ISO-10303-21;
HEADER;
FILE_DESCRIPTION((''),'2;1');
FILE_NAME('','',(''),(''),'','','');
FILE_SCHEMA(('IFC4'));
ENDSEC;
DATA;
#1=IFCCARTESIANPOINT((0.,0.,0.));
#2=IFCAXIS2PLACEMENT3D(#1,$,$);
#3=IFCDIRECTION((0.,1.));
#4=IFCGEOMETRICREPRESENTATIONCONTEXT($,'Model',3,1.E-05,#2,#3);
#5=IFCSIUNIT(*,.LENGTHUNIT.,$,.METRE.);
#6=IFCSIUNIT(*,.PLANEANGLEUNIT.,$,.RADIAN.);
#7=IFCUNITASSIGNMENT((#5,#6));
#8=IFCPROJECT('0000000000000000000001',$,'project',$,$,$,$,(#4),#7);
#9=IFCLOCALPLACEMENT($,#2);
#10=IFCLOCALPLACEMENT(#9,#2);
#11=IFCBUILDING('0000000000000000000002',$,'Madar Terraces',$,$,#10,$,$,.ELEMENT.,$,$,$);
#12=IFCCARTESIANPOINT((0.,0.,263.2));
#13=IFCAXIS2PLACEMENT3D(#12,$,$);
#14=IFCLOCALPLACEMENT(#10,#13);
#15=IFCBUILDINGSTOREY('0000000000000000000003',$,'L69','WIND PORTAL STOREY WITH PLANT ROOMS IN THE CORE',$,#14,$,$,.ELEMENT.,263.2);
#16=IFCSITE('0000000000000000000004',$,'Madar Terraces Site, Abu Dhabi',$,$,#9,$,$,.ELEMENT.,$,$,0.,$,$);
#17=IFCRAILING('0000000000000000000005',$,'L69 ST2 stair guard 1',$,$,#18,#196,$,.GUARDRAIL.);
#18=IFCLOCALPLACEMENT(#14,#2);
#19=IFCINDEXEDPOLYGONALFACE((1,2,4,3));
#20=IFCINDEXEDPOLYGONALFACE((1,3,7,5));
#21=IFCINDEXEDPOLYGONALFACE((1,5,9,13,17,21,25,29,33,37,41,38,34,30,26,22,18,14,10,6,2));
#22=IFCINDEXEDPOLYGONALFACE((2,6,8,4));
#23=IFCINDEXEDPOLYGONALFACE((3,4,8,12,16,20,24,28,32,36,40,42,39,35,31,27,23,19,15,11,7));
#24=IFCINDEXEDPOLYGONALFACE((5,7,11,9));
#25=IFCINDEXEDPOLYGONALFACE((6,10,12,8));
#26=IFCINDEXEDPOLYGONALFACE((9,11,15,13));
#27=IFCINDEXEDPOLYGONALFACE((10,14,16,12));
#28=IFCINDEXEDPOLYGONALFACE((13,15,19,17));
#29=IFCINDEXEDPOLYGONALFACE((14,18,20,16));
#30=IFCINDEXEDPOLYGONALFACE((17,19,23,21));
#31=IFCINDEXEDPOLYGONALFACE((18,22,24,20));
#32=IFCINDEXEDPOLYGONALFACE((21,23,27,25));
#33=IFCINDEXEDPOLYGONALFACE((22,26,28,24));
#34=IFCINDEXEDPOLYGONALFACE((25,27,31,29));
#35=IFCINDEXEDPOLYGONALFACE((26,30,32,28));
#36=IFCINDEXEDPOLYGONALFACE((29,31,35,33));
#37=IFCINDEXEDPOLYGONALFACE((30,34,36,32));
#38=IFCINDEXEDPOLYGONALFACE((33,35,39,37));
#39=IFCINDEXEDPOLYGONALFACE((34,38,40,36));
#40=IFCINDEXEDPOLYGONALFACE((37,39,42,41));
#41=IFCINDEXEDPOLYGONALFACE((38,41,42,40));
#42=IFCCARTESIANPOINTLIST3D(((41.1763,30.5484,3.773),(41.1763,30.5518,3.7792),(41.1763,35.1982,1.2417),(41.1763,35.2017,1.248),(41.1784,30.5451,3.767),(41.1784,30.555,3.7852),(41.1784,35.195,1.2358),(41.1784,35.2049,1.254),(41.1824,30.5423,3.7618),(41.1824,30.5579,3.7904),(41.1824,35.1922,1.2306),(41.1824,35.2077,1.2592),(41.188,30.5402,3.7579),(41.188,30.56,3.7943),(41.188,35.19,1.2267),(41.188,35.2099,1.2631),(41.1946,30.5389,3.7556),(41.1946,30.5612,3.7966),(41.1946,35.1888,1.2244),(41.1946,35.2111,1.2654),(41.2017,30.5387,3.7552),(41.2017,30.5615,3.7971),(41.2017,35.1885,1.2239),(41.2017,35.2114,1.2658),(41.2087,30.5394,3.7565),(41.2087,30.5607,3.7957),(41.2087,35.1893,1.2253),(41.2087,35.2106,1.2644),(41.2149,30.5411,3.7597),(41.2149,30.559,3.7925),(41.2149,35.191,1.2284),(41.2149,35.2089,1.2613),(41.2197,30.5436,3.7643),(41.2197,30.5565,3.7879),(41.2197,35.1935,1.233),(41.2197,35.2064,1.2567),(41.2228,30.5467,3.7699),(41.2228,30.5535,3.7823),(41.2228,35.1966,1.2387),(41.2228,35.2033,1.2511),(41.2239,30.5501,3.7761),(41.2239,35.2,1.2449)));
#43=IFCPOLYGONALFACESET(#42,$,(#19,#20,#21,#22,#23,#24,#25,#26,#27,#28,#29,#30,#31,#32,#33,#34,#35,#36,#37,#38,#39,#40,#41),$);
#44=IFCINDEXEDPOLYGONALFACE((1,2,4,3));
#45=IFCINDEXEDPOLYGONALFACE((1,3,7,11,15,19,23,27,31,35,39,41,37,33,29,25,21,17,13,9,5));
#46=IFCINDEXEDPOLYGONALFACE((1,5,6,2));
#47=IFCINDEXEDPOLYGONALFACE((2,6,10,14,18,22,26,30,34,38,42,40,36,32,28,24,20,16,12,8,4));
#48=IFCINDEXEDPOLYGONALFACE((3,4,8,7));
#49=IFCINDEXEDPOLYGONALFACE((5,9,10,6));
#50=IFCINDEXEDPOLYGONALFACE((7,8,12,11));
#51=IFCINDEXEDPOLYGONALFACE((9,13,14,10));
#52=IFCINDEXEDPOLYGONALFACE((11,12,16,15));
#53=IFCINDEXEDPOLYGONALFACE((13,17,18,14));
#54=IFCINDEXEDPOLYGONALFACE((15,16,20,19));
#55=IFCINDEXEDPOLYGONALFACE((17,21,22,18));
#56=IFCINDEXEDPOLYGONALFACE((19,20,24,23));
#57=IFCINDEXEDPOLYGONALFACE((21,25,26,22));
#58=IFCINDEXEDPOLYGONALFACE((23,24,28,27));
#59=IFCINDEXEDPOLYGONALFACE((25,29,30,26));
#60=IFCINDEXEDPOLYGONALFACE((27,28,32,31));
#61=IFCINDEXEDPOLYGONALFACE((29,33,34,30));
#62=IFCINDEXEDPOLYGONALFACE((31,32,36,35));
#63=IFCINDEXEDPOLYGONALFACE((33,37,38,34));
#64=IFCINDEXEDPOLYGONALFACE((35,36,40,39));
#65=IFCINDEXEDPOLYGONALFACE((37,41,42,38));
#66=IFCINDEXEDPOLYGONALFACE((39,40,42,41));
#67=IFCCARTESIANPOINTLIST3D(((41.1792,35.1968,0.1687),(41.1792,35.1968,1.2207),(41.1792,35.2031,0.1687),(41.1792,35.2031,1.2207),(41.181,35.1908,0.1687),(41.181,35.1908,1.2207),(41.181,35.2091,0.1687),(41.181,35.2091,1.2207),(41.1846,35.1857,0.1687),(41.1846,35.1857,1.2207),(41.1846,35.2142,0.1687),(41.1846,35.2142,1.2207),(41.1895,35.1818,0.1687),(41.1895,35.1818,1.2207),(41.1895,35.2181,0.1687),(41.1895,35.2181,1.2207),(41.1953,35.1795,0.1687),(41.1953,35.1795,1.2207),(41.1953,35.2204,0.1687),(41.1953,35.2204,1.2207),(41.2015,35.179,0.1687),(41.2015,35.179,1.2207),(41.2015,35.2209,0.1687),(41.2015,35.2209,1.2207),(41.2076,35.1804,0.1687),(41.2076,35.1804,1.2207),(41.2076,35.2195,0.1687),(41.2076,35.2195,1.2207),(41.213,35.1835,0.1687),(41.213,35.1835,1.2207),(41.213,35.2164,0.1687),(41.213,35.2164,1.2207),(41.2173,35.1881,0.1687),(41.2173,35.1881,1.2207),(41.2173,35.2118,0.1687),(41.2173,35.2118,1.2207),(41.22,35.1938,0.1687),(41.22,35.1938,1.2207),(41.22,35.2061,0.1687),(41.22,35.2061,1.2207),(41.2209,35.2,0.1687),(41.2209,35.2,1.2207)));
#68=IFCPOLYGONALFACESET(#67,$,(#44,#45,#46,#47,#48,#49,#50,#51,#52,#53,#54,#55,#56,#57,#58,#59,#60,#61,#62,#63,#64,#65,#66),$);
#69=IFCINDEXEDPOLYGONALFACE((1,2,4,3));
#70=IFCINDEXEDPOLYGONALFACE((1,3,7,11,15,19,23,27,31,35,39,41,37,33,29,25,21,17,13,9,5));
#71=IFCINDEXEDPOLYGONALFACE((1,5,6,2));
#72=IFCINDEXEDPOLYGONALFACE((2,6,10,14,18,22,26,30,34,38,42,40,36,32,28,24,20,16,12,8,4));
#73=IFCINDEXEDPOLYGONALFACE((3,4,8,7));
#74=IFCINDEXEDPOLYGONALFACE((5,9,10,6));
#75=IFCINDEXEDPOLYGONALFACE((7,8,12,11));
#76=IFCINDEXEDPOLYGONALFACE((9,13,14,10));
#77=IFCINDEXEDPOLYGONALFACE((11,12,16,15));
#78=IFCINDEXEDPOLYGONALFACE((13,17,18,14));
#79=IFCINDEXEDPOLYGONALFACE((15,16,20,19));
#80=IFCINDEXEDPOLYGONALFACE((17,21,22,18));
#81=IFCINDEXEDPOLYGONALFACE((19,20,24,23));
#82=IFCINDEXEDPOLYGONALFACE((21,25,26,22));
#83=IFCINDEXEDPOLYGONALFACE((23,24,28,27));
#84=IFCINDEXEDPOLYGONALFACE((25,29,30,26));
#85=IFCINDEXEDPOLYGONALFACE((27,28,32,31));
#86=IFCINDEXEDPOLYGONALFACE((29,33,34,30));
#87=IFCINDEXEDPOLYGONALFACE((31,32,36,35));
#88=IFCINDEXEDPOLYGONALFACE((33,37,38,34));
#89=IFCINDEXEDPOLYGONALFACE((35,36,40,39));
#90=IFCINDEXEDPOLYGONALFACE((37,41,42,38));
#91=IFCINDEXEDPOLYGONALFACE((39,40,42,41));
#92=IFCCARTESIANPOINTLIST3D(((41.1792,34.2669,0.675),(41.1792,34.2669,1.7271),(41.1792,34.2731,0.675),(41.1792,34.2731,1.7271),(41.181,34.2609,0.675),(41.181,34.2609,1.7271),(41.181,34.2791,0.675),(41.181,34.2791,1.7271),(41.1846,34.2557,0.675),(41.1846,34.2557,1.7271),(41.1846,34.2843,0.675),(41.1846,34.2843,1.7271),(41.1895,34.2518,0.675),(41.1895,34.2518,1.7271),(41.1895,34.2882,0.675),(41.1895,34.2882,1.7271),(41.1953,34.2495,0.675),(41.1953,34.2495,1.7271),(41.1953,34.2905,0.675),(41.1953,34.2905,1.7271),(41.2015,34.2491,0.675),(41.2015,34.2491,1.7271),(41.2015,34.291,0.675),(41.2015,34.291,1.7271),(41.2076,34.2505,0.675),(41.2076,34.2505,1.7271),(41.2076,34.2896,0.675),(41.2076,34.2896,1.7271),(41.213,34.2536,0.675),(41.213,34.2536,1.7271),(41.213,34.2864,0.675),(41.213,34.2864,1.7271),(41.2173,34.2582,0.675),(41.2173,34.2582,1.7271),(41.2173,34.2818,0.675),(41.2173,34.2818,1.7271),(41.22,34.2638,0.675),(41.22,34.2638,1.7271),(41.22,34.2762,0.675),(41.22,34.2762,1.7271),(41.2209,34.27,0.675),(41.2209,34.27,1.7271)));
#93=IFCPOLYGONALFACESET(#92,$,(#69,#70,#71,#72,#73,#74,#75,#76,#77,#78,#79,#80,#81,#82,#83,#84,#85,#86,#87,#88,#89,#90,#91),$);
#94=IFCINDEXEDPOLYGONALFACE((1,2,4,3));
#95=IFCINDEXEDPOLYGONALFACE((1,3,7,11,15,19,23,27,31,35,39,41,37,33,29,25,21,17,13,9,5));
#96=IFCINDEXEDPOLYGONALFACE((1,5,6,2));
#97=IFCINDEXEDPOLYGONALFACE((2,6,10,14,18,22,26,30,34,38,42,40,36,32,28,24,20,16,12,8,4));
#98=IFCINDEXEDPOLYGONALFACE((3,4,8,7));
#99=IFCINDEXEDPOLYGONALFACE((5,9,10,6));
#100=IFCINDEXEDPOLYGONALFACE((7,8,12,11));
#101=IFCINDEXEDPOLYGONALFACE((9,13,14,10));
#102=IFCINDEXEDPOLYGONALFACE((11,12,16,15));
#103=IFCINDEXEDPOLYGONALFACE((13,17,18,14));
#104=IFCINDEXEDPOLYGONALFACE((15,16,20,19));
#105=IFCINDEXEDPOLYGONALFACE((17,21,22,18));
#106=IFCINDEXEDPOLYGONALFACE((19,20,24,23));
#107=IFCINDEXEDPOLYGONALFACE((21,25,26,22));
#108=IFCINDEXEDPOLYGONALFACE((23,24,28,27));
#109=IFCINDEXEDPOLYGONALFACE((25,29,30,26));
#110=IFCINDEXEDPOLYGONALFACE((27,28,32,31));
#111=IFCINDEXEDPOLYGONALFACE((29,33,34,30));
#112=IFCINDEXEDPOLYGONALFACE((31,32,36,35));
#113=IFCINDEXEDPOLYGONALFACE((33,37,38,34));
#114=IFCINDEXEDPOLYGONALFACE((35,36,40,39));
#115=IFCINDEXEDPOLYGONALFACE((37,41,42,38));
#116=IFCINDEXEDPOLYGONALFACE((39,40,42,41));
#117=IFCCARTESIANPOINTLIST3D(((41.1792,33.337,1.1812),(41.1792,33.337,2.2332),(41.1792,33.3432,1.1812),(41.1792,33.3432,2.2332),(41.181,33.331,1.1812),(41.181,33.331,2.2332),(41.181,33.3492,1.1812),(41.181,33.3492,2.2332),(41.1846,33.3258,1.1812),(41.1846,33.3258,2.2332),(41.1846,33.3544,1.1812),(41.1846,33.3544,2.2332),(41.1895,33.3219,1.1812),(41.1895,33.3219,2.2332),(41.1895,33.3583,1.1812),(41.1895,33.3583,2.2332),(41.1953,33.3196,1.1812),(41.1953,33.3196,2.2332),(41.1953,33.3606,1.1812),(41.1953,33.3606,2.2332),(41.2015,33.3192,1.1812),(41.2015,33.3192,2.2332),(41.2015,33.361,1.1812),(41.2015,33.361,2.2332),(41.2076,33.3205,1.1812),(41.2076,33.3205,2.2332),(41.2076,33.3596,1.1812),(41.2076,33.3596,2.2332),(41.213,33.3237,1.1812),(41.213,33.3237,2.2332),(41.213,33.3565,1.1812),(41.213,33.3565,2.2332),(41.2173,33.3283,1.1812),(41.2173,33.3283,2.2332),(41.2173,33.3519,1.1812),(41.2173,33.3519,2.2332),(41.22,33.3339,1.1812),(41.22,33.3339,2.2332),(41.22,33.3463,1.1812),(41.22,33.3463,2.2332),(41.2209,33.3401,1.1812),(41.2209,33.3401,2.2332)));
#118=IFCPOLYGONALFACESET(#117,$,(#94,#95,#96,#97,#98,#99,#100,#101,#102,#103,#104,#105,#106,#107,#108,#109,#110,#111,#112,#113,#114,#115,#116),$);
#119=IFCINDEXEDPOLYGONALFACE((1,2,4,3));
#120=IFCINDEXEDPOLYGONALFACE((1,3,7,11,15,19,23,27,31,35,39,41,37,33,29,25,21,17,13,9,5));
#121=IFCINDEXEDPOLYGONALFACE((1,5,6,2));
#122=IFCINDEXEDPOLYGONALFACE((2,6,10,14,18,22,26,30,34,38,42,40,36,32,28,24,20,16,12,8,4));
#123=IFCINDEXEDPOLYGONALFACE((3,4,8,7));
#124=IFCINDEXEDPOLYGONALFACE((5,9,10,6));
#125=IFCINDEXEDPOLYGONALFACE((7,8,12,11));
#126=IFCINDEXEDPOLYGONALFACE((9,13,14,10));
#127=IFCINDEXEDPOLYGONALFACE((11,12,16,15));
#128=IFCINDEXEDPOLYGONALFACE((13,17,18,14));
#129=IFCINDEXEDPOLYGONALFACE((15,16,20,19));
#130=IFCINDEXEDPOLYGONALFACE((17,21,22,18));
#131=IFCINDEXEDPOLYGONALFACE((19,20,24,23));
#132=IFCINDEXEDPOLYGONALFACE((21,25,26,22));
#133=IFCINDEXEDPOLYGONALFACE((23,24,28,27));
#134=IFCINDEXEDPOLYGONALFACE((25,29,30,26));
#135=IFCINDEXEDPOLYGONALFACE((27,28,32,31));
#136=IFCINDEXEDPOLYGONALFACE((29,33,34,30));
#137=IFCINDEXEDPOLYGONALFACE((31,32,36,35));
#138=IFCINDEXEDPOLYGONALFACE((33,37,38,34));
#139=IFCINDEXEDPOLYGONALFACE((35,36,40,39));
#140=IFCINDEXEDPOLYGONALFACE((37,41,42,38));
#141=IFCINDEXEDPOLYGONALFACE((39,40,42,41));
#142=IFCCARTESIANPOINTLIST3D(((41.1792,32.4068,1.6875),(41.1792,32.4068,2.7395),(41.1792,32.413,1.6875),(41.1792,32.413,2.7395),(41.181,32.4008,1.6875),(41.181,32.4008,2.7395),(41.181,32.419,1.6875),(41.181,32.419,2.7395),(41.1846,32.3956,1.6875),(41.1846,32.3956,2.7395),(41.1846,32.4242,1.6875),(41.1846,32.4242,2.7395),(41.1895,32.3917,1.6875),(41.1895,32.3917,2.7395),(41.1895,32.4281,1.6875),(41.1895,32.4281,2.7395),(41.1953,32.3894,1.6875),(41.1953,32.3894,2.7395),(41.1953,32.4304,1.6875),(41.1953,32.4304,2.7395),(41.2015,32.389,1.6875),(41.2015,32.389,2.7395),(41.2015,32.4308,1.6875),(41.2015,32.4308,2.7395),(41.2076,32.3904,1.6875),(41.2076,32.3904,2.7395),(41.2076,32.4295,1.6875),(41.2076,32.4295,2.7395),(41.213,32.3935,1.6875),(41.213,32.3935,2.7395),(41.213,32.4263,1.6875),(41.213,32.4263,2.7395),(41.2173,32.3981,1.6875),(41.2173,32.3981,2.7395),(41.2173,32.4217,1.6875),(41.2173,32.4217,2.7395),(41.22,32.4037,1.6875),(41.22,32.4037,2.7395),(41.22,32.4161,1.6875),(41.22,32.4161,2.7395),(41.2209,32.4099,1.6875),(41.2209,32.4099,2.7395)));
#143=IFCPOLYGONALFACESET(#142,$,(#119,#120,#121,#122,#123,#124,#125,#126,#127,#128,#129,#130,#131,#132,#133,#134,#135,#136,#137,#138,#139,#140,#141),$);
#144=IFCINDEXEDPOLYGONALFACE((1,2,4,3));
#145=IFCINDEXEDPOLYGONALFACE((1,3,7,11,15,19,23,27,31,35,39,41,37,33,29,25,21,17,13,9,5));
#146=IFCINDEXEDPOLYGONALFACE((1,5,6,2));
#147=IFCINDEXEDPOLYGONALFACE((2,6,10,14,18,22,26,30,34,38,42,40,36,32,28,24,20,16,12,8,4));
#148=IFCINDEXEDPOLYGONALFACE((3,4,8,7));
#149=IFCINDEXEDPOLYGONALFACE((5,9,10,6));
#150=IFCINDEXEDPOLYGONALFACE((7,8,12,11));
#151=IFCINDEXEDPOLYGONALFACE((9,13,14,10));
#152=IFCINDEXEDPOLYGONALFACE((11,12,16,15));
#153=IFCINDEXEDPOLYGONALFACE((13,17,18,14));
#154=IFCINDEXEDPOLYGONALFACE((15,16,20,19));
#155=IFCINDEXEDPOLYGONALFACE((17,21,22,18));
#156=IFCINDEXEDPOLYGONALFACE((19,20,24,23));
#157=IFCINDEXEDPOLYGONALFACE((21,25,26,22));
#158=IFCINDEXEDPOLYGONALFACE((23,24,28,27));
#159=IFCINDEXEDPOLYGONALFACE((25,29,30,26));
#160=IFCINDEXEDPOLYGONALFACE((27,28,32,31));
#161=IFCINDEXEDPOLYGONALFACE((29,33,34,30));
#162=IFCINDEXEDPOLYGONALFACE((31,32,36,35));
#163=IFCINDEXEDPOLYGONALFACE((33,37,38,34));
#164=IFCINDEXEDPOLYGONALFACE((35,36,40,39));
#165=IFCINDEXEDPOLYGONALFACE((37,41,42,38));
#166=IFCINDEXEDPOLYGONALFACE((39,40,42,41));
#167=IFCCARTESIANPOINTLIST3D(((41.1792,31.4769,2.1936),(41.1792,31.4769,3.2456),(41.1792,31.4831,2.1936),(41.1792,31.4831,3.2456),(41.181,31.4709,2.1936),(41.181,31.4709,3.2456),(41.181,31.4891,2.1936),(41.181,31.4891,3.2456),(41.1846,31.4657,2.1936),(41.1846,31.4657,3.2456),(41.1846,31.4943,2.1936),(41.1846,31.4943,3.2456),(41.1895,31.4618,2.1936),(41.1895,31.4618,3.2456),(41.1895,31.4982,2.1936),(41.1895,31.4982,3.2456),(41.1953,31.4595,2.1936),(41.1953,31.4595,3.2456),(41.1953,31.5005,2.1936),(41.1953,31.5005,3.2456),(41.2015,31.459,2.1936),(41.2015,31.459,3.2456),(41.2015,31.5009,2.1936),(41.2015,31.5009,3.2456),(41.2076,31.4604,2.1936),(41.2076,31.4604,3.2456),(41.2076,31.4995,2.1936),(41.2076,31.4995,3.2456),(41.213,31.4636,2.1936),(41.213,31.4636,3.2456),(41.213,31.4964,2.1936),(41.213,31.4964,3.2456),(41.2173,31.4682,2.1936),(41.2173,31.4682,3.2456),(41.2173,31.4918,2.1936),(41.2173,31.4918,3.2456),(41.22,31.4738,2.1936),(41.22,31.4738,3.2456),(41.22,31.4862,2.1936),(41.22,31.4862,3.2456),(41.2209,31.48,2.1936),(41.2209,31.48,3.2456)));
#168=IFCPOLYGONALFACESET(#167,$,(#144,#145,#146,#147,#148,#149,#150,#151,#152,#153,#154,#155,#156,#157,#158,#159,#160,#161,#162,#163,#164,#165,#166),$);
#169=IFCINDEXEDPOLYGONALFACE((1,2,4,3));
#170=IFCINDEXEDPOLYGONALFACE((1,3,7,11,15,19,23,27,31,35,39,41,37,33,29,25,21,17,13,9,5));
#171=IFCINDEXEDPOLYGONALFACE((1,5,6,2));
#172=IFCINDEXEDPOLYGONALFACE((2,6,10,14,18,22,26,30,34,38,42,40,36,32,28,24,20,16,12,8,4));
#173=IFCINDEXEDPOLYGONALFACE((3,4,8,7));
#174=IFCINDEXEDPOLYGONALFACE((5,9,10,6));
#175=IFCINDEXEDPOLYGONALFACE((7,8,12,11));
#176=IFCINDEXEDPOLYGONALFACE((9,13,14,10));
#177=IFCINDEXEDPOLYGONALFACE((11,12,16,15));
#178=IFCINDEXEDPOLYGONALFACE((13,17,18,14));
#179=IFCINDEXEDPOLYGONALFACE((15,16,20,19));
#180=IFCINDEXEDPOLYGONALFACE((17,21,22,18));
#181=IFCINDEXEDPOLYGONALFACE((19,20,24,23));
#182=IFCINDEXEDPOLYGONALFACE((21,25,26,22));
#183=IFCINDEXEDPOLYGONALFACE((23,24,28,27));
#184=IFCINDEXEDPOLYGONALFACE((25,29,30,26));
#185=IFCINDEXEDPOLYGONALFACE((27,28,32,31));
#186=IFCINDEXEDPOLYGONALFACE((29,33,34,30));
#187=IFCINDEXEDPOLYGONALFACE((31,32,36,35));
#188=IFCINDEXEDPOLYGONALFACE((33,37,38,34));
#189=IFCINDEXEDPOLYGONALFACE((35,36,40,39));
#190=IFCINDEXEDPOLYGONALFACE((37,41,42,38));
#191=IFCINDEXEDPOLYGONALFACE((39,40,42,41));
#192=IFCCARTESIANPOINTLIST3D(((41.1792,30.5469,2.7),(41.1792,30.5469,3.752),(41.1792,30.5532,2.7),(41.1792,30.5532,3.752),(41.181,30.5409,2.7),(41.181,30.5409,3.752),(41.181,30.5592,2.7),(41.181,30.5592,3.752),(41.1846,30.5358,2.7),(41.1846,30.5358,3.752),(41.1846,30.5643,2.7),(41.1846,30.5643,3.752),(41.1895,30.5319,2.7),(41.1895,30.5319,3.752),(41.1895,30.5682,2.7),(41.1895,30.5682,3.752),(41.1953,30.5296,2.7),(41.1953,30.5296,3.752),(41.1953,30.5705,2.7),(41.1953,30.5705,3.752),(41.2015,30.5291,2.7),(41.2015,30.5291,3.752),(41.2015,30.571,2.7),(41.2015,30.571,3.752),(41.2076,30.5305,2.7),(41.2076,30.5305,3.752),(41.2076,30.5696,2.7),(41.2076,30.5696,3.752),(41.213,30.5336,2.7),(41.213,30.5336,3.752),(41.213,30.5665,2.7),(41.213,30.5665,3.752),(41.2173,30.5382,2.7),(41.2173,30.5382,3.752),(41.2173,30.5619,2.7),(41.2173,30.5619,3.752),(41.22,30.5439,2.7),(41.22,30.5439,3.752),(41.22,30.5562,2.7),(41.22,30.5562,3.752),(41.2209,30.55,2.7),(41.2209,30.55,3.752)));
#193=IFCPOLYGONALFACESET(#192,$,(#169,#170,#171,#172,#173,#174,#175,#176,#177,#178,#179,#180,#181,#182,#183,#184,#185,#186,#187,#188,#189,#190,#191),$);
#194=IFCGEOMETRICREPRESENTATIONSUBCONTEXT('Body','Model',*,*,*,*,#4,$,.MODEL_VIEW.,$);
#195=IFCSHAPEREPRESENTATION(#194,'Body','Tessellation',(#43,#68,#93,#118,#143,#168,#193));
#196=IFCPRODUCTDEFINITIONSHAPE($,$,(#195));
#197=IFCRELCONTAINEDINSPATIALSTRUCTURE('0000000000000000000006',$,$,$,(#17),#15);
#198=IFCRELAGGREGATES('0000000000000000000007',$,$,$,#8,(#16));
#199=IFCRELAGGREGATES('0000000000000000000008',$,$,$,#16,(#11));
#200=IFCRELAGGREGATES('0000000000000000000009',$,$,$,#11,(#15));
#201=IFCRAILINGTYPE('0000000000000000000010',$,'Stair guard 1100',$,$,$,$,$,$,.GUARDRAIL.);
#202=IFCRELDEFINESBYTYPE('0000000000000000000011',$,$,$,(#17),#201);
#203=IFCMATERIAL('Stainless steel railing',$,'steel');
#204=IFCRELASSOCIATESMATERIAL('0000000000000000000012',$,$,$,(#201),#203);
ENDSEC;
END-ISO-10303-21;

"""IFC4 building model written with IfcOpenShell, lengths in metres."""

from ifc_helpers import new_model, si_unit, direction, frame, origin, origin_2d, place, context, subcontext, project, spatial, circle, extrude, material, type_object, element, save


model = new_model("IFC4")

# Units and contexts
model_context = context("Model", 3, precision=1e-05, world=origin(), true_north=direction((0.0, 1.0)))
body_context = subcontext(model_context, "Body", "Model", "MODEL_VIEW")
ifc_project = project(units=[si_unit("LENGTHUNIT", "METRE"), si_unit("PLANEANGLEUNIT", "RADIAN")], contexts=[model_context])

# Site, building, storey
site_placement = place(None, origin())
site = spatial("IfcSite", under=ifc_project, at=site_placement, Name="Madar Terraces Site, Abu Dhabi", CompositionType="ELEMENT", RefElevation=0.0)
building_placement = place(site_placement, origin())
building = spatial("IfcBuilding", under=site, at=building_placement, Name="Madar Terraces", CompositionType="ELEMENT")
storey_placement = place(building_placement, frame((0.0, 0.0, 263.2)))
storey = spatial("IfcBuildingStorey", under=building, at=storey_placement, Name="L69", Description="WIND PORTAL STOREY WITH PLANT ROOMS IN THE CORE", CompositionType="ELEMENT", Elevation=263.2)

# Railing
ifc_material_1 = material(Name="Stainless steel railing", Category="steel")
railing_type_1 = type_object("IfcRailingType", Name="Stair guard 1100", PredefinedType="GUARDRAIL", material=ifc_material_1)
railing_1_placement = place(storey_placement, frame((41.2, 35.2, 0.1687)))
element("IfcRailing", 1, at=railing_1_placement, inside=storey, type_object=railing_type_1, Name="L69 ST2 stair guard 1", PredefinedType="GUARDRAIL", context=body_context, shape_type="SweptSolid", body=[
    extrude(circle(Radius=0.0239, at=origin_2d()), frame((0.0, 0.0, 1.0762), z_axis=(0.0, -0.878297, 0.478115), x_axis=(1.0, 0.0, 0.0)), (0.0, 0.0, 1.0), 5.2942),
    extrude(circle(Radius=0.021, at=origin_2d()), origin(), (0.0, 0.0, 1.0), 1.052),
    extrude(circle(Radius=0.021, at=origin_2d()), frame((0.0, -0.9299, 0.5063)), (0.0, 0.0, 1.0), 1.052),
    extrude(circle(Radius=0.021, at=origin_2d()), frame((0.0, -1.8599, 1.0125)), (0.0, 0.0, 1.0), 1.052),
    extrude(circle(Radius=0.021, at=origin_2d()), frame((0.0, -2.79, 1.5188)), (0.0, 0.0, 1.0), 1.052),
    extrude(circle(Radius=0.021, at=origin_2d()), frame((0.0, -3.72, 2.0249)), (0.0, 0.0, 1.0), 1.052),
    extrude(circle(Radius=0.021, at=origin_2d()), frame((0.0, -4.6499, 2.5312)), (0.0, 0.0, 1.0), 1.052),
])

save(model, "model.ifc")
